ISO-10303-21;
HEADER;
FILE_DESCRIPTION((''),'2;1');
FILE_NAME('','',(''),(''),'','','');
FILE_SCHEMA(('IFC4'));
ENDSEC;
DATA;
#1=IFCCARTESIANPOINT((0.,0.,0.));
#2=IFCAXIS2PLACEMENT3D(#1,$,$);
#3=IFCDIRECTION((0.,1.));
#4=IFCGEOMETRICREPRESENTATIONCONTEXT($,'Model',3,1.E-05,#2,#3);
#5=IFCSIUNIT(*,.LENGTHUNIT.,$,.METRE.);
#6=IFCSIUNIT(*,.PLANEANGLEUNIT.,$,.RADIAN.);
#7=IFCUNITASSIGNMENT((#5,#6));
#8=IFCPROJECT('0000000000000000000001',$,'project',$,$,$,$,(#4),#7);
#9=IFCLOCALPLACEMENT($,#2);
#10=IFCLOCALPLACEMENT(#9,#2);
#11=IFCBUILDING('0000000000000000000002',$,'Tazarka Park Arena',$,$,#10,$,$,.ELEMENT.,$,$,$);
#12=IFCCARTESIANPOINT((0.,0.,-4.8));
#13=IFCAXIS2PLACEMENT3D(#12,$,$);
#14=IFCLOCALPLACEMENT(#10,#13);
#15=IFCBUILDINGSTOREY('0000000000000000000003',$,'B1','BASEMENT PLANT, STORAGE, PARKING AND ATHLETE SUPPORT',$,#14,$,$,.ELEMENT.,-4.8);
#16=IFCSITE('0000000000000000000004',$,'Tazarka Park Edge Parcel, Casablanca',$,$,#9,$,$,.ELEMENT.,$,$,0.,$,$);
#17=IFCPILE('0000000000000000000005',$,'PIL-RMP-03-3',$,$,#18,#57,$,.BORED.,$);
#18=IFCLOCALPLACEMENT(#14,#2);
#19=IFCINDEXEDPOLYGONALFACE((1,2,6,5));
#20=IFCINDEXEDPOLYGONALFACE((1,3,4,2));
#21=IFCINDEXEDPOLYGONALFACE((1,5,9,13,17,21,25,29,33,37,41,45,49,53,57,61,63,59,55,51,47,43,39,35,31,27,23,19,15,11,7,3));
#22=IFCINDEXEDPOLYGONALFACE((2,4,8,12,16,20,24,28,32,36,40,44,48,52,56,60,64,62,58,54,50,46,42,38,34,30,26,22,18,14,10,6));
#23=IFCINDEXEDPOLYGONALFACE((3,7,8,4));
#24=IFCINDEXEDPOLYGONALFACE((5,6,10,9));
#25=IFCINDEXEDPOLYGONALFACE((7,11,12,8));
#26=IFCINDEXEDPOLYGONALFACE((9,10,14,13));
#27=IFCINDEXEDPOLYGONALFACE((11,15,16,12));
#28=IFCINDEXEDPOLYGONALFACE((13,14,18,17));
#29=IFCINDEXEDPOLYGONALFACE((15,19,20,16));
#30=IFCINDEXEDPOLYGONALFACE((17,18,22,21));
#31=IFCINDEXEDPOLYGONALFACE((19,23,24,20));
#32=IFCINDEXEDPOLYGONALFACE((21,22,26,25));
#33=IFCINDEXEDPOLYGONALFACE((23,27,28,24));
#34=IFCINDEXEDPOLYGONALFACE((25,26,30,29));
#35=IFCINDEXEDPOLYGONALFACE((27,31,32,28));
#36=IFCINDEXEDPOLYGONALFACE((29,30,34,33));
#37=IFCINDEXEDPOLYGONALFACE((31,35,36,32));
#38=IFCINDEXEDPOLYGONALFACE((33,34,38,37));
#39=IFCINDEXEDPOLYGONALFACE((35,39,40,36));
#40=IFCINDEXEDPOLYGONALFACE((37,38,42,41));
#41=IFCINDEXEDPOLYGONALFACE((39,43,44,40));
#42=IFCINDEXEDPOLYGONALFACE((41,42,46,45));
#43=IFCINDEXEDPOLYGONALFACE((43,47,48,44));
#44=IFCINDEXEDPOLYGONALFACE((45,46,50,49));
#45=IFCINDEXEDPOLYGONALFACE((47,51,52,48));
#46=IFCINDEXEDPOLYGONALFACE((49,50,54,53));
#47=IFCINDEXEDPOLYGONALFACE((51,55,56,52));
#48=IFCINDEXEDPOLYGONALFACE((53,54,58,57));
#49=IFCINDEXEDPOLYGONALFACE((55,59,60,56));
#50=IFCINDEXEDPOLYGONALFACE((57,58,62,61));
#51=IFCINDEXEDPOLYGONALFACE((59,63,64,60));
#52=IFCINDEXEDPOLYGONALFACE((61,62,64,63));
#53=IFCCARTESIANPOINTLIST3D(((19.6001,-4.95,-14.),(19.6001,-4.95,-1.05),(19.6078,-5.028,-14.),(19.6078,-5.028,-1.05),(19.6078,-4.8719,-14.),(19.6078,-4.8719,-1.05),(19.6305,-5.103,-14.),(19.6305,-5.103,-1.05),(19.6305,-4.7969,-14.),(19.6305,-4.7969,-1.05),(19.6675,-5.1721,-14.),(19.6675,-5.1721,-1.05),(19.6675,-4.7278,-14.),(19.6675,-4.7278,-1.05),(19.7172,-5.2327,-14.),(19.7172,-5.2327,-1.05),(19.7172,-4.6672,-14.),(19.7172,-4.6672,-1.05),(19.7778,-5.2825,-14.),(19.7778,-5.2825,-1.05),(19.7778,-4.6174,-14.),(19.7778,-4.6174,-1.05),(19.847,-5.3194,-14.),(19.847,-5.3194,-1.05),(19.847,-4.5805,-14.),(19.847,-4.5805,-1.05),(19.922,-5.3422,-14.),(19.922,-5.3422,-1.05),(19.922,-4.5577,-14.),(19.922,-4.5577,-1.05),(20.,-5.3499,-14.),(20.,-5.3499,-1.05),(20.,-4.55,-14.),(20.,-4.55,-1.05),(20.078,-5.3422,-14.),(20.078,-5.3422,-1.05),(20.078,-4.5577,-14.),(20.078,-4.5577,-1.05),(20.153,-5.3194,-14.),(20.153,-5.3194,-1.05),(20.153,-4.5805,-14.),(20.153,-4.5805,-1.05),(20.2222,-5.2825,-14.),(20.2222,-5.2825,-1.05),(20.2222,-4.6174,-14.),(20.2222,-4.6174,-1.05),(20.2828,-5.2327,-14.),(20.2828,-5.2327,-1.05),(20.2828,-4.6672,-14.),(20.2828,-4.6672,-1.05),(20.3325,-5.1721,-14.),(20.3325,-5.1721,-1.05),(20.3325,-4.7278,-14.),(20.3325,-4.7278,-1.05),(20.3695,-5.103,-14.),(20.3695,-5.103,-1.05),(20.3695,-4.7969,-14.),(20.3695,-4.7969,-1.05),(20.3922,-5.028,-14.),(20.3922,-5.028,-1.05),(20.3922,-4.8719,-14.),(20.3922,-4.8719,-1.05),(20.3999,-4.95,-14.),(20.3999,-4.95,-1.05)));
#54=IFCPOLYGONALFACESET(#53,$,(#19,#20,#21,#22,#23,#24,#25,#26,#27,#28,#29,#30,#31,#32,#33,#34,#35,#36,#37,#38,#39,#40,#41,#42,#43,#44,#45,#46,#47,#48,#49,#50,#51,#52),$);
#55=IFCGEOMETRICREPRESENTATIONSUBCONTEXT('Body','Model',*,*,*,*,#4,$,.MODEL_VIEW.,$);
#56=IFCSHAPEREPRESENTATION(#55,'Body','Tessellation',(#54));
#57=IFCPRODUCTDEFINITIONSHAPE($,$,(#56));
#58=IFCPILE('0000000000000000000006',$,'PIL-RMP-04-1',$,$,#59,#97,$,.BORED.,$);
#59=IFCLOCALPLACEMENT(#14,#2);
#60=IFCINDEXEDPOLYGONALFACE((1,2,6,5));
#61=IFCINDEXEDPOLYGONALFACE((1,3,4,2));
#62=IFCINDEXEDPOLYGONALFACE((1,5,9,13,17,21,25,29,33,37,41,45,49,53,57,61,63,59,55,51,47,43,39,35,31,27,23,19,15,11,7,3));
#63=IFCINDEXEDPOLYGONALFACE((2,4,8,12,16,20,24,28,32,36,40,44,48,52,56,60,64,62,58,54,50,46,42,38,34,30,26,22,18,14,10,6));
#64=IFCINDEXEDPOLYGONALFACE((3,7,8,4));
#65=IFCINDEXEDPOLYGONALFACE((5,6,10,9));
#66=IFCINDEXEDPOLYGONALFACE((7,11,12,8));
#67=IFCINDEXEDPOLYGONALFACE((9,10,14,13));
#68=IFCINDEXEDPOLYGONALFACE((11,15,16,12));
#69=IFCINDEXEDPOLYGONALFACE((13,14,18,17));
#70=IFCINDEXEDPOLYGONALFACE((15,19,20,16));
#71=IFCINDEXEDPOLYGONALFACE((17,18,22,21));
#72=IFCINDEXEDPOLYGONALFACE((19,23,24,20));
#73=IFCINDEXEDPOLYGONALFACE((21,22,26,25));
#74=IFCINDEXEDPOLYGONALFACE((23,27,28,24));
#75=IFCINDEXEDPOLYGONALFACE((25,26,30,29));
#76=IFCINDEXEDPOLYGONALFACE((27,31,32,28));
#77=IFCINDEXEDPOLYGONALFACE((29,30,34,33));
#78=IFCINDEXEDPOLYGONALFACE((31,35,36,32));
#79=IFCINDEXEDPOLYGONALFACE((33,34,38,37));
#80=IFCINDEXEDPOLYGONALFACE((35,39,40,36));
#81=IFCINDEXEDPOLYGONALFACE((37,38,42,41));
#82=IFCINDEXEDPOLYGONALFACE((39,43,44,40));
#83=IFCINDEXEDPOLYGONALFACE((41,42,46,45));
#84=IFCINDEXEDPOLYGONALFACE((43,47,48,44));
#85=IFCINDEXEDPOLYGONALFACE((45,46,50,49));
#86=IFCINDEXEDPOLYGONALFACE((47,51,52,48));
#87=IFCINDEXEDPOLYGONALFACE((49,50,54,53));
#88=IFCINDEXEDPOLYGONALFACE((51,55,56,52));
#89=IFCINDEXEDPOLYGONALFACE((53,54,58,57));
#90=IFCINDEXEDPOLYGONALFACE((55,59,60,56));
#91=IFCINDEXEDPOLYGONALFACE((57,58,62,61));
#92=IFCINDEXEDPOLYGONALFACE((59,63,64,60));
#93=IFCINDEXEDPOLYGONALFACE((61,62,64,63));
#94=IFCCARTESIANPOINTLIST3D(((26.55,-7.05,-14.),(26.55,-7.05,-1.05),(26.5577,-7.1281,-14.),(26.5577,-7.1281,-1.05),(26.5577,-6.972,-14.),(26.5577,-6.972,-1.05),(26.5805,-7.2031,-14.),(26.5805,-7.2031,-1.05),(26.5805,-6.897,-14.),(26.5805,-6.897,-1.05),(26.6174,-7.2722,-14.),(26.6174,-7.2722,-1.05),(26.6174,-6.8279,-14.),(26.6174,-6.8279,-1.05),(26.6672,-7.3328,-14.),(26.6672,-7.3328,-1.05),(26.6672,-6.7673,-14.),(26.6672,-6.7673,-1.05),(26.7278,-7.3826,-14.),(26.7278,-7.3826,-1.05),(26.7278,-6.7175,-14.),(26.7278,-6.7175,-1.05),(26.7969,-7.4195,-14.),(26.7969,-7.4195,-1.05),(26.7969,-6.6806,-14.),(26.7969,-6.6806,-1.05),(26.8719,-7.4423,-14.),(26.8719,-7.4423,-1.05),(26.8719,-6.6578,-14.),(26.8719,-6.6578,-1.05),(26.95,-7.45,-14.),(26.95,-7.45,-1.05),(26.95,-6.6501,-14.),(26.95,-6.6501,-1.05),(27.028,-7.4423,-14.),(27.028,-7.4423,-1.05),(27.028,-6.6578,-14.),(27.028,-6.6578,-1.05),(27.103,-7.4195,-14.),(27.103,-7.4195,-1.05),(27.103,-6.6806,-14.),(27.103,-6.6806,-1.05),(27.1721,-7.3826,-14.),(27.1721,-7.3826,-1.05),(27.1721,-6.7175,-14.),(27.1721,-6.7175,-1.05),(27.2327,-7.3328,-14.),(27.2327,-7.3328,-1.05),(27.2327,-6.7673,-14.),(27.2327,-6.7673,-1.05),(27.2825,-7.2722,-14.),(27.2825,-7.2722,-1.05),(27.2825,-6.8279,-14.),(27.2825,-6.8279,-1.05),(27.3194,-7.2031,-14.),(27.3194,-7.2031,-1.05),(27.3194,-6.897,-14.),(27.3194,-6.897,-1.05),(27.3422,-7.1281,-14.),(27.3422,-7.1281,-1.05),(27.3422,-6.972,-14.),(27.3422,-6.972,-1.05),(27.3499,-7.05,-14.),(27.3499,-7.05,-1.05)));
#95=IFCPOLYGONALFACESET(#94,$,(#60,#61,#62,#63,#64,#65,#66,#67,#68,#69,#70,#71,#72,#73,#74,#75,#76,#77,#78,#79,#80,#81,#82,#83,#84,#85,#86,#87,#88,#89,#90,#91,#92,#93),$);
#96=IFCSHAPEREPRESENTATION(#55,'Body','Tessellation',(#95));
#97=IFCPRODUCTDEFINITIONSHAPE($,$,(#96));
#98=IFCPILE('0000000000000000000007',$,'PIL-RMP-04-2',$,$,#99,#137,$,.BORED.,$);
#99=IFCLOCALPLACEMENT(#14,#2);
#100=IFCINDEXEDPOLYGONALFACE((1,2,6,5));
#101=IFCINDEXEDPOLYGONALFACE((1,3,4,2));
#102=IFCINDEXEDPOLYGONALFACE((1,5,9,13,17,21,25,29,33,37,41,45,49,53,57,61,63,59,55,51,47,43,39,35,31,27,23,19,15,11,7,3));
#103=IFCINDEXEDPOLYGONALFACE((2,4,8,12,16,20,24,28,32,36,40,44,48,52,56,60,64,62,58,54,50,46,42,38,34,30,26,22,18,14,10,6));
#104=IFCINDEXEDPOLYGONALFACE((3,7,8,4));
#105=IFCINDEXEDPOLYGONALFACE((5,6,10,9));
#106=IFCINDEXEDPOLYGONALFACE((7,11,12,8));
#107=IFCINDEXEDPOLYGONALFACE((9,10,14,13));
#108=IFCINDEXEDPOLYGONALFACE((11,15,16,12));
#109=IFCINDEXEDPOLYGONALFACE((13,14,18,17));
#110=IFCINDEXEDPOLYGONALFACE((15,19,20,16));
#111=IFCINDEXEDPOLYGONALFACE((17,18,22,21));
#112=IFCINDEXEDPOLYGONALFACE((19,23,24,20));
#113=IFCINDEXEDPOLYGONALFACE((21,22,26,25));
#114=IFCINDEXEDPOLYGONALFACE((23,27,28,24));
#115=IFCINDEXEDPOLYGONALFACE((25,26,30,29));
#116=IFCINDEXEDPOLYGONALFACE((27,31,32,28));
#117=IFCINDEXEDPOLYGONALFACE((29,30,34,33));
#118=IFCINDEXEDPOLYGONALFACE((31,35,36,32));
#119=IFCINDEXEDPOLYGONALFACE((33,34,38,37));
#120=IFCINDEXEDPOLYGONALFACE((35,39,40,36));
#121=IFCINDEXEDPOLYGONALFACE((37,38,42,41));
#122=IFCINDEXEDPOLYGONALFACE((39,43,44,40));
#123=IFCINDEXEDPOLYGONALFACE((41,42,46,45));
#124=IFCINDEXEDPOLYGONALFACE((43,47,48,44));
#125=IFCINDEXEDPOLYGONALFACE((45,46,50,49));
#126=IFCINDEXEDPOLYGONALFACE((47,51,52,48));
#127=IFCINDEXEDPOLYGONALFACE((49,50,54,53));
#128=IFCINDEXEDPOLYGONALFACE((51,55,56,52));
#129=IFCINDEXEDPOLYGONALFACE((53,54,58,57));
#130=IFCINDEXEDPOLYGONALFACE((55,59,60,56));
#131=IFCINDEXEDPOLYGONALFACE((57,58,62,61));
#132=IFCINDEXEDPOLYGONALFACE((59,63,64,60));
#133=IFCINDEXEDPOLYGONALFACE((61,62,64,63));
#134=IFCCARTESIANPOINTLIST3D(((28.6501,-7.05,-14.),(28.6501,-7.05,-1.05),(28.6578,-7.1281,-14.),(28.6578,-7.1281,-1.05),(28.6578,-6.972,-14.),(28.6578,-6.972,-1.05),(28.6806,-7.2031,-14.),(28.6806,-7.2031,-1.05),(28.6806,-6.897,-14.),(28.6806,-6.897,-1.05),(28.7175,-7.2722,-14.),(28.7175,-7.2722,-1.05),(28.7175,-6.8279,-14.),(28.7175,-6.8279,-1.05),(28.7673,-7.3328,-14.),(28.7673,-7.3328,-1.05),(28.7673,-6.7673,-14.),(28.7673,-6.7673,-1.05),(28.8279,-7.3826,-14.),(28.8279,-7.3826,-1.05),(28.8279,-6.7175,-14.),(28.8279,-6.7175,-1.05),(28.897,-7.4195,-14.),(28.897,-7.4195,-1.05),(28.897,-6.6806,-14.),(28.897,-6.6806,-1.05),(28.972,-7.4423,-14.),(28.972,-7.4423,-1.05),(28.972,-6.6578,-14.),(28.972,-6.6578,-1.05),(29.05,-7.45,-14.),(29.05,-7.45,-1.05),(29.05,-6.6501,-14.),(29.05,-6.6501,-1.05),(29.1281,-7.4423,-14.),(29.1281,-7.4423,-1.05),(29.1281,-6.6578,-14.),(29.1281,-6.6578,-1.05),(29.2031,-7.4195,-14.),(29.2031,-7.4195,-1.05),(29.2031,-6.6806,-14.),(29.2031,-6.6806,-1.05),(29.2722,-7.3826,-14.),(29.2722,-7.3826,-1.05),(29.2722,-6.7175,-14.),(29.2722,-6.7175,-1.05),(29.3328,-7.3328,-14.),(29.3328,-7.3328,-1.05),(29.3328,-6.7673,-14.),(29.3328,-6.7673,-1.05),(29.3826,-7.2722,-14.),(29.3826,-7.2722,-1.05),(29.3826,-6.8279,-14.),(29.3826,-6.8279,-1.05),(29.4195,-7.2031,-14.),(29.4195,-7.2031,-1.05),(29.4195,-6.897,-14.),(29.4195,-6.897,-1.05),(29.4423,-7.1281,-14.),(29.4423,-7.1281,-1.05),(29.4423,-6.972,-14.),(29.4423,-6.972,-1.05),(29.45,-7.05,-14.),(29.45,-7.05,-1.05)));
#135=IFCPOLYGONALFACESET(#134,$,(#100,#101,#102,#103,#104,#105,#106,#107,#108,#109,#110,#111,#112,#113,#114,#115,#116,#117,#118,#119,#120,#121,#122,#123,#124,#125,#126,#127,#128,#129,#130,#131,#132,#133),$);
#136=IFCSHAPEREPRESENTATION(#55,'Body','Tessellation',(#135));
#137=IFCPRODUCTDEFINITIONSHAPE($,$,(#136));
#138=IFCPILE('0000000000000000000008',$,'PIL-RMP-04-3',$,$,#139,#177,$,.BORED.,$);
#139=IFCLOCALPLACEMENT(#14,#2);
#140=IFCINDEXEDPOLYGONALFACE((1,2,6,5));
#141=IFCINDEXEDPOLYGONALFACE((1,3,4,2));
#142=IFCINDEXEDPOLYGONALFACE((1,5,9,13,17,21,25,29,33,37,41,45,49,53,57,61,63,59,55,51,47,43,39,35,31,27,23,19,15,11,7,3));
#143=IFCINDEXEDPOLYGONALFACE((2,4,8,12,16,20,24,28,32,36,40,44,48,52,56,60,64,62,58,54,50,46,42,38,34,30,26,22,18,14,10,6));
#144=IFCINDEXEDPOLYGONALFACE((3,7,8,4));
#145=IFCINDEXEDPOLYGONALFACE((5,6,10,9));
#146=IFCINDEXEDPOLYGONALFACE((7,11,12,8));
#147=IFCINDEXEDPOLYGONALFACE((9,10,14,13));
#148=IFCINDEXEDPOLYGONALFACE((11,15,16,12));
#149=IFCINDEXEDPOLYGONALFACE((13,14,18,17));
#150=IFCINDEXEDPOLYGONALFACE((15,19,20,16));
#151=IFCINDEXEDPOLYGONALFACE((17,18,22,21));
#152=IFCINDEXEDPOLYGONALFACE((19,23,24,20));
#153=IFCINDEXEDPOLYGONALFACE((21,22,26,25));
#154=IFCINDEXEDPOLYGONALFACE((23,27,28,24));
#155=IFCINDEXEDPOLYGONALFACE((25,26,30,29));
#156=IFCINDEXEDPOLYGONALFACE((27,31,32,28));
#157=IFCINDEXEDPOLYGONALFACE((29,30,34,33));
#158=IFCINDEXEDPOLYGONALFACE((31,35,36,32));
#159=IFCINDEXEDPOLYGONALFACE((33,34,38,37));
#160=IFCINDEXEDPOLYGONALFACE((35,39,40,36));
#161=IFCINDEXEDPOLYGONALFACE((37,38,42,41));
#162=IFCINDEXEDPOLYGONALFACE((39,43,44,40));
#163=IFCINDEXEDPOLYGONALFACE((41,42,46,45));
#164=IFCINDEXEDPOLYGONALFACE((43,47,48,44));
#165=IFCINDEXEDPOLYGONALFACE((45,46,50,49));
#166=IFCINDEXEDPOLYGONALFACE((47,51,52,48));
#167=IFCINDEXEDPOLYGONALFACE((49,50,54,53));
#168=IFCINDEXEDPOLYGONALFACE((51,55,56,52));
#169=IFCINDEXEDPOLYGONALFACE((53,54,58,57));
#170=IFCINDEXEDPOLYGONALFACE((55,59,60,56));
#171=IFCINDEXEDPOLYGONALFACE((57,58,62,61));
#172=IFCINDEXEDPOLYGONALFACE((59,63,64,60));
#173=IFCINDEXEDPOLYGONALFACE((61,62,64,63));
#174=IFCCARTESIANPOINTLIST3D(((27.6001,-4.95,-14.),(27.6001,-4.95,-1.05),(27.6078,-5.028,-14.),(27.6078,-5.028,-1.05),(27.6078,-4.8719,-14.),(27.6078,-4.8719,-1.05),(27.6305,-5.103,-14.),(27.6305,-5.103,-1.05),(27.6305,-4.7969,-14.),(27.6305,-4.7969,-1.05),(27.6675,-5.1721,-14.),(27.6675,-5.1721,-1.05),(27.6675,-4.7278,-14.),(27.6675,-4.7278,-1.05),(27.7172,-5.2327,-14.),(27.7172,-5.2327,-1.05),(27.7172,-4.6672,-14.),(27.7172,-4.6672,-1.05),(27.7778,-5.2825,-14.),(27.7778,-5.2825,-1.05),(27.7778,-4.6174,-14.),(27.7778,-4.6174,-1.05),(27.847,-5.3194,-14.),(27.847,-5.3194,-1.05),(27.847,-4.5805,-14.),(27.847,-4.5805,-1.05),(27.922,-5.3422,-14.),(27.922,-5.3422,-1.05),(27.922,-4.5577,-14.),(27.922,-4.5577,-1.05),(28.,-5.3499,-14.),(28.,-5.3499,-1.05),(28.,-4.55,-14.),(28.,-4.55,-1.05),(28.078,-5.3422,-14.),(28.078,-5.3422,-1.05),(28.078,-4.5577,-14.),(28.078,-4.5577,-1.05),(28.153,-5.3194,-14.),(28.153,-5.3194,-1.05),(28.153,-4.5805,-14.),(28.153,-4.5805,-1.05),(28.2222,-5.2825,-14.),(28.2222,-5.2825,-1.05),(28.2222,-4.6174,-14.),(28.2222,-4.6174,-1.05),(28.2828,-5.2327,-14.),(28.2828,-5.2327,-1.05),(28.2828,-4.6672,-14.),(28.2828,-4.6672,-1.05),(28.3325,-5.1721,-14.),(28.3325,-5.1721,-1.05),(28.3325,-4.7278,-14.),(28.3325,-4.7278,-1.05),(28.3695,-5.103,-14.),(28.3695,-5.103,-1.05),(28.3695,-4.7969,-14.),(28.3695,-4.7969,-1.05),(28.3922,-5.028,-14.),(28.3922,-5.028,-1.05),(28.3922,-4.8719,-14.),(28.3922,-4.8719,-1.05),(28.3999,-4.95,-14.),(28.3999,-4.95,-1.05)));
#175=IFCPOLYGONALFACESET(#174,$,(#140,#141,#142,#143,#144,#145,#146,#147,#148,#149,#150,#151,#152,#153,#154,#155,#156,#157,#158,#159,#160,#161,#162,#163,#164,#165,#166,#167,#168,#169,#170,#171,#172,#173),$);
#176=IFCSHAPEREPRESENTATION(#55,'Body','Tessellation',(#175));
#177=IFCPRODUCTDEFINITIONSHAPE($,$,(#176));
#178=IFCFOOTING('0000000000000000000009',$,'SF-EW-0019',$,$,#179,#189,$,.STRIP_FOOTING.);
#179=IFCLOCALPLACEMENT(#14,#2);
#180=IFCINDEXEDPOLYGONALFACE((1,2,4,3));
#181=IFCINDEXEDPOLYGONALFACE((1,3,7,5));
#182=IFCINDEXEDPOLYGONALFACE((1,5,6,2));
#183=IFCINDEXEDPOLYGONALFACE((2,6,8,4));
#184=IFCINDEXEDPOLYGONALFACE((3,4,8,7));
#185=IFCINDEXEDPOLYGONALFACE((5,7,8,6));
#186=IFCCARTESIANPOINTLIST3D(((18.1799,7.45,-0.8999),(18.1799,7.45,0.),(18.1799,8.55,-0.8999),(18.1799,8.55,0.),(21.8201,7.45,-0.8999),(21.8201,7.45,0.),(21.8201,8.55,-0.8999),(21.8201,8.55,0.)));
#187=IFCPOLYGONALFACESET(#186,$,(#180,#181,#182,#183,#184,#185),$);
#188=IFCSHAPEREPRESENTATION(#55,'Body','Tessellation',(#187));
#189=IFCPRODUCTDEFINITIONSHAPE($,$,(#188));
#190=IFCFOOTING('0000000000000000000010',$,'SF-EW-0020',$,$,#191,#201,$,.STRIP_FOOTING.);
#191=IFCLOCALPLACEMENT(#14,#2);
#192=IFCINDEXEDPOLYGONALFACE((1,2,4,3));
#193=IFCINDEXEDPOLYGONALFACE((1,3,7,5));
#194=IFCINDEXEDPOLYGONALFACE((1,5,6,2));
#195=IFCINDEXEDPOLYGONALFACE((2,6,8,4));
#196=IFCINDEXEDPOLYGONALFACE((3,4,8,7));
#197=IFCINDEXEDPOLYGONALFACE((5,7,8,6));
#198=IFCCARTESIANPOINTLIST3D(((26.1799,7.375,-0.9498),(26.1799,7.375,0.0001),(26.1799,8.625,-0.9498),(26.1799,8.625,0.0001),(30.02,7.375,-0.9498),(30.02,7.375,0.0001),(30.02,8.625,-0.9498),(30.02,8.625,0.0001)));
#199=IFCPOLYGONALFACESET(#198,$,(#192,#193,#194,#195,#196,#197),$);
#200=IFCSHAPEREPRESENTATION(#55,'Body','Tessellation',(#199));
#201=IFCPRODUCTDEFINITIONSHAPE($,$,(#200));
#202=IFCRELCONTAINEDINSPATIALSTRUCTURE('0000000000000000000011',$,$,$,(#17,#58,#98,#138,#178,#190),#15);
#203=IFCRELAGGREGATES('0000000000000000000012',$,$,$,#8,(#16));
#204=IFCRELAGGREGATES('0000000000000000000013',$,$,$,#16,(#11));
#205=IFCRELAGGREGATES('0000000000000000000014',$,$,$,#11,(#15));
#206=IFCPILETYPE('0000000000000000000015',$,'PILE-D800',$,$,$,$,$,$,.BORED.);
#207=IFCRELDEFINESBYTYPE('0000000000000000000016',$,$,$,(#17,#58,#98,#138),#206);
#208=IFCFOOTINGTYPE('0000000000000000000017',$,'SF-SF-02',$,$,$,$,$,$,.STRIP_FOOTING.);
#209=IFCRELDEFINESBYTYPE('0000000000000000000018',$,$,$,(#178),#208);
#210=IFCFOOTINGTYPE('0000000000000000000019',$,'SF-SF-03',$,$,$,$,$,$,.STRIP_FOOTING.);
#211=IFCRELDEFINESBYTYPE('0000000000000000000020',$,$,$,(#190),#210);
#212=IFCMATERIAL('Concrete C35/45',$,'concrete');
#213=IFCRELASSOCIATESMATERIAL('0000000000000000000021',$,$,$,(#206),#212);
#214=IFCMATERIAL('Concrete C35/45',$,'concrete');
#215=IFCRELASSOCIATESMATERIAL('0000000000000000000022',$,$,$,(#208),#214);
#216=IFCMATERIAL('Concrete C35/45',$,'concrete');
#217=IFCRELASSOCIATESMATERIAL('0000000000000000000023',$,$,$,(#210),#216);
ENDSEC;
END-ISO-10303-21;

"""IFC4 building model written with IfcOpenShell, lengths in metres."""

from ifc_helpers import new_model, si_unit, direction, frame, origin, origin_2d, place, context, subcontext, project, spatial, rectangle, circle, extrude, material, material_profile, profile_set, type_object, element, save


model = new_model("IFC4")

# Units and contexts
model_context = context("Model", 3, precision=1e-05, world=origin(), true_north=direction((0.0, 1.0)))
body_context = subcontext(model_context, "Body", "Model", "MODEL_VIEW")
ifc_project = project(units=[si_unit("LENGTHUNIT", "METRE"), si_unit("PLANEANGLEUNIT", "RADIAN")], contexts=[model_context])

# Site, building, storey
site_placement = place(None, origin())
site = spatial("IfcSite", under=ifc_project, at=site_placement, Name="Tazarka Park Edge Parcel, Casablanca", CompositionType="ELEMENT", RefElevation=0.0)
building_placement = place(site_placement, origin())
building = spatial("IfcBuilding", under=site, at=building_placement, Name="Tazarka Park Arena", CompositionType="ELEMENT")
storey_placement = place(building_placement, frame((0.0, 0.0, -4.8)))
storey = spatial("IfcBuildingStorey", under=building, at=storey_placement, Name="B1", Description="BASEMENT PLANT, STORAGE, PARKING AND ATHLETE SUPPORT", CompositionType="ELEMENT", Elevation=-4.8)

# Piles
ifc_material_1 = material(Name="Concrete C35/45", Category="concrete")
ifc_material_profile_1 = material_profile(ifc_material_1, circle(Radius=0.3999, at=origin_2d()), Name="Concrete C35/45")
ifc_profile_set_1 = profile_set([ifc_material_profile_1], Name="Concrete C35/45")
pile_type_1 = type_object("IfcPileType", Name="PILE-D800", PredefinedType="BORED", material=ifc_profile_set_1)
for number, where, z_axis, x_axis, name in (
    (1, (20.0, -4.95, -1.05), (0.0, 0.0, -1.0), (1.0, 0.0, 0.0), "PIL-RMP-03-3"),
    (2, (26.95, -7.05, -1.05), (0.0, 0.0, -1.0), (1.0, 0.0, 0.0), "PIL-RMP-04-1"),
    (3, (29.05, -7.05, -1.05), (0.0, 0.0, -1.0), (1.0, 0.0, 0.0), "PIL-RMP-04-2"),
    (4, (28.0, -4.95, -1.05), (0.0, 0.0, -1.0), (1.0, 0.0, 0.0), "PIL-RMP-04-3"),
):
    element("IfcPile", number, at=place(storey_placement, frame(where, z_axis=z_axis, x_axis=x_axis)), inside=storey, type_object=pile_type_1, Name=name, PredefinedType="BORED", context=body_context, shape_type="SweptSolid", body=[
        extrude(circle(Radius=0.3999, at=origin_2d()), origin(), (0.0, 0.0, 1.0), 12.95),
    ])

# Footings
ifc_material_2 = material(Name="Concrete C35/45", Category="concrete")
ifc_material_profile_2 = material_profile(ifc_material_2, rectangle(XDim=1.1001, YDim=0.8999, at=origin_2d()), Name="Concrete C35/45")
ifc_profile_set_2 = profile_set([ifc_material_profile_2], Name="Concrete C35/45")
footing_type_1 = type_object("IfcFootingType", Name="SF-SF-02", PredefinedType="STRIP_FOOTING", material=ifc_profile_set_2)
footing_1_placement = place(storey_placement, frame((21.8201, 8.0, -0.45), z_axis=(-1.0, 0.0, 0.0), x_axis=(0.0, -1.0, 0.0)))
element("IfcFooting", 5, at=footing_1_placement, inside=storey, type_object=footing_type_1, Name="SF-EW-0019", PredefinedType="STRIP_FOOTING", context=body_context, shape_type="SweptSolid", body=[
    extrude(rectangle(XDim=1.1001, YDim=0.8999, at=origin_2d()), origin(), (0.0, 0.0, 1.0), 3.6401),
])
ifc_material_3 = material(Name="Concrete C35/45", Category="concrete")
ifc_material_profile_3 = material_profile(ifc_material_3, rectangle(XDim=1.25, YDim=0.95, at=origin_2d()), Name="Concrete C35/45")
ifc_profile_set_3 = profile_set([ifc_material_profile_3], Name="Concrete C35/45")
footing_type_2 = type_object("IfcFootingType", Name="SF-SF-03", PredefinedType="STRIP_FOOTING", material=ifc_profile_set_3)
footing_2_placement = place(storey_placement, frame((30.02, 8.0, -0.4749), z_axis=(-1.0, 0.0, 0.0), x_axis=(0.0, -1.0, 0.0)))
element("IfcFooting", 6, at=footing_2_placement, inside=storey, type_object=footing_type_2, Name="SF-EW-0020", PredefinedType="STRIP_FOOTING", context=body_context, shape_type="SweptSolid", body=[
    extrude(rectangle(XDim=1.25, YDim=0.95, at=origin_2d()), origin(), (0.0, 0.0, 1.0), 3.8401),
])

save(model, "model.ifc")
